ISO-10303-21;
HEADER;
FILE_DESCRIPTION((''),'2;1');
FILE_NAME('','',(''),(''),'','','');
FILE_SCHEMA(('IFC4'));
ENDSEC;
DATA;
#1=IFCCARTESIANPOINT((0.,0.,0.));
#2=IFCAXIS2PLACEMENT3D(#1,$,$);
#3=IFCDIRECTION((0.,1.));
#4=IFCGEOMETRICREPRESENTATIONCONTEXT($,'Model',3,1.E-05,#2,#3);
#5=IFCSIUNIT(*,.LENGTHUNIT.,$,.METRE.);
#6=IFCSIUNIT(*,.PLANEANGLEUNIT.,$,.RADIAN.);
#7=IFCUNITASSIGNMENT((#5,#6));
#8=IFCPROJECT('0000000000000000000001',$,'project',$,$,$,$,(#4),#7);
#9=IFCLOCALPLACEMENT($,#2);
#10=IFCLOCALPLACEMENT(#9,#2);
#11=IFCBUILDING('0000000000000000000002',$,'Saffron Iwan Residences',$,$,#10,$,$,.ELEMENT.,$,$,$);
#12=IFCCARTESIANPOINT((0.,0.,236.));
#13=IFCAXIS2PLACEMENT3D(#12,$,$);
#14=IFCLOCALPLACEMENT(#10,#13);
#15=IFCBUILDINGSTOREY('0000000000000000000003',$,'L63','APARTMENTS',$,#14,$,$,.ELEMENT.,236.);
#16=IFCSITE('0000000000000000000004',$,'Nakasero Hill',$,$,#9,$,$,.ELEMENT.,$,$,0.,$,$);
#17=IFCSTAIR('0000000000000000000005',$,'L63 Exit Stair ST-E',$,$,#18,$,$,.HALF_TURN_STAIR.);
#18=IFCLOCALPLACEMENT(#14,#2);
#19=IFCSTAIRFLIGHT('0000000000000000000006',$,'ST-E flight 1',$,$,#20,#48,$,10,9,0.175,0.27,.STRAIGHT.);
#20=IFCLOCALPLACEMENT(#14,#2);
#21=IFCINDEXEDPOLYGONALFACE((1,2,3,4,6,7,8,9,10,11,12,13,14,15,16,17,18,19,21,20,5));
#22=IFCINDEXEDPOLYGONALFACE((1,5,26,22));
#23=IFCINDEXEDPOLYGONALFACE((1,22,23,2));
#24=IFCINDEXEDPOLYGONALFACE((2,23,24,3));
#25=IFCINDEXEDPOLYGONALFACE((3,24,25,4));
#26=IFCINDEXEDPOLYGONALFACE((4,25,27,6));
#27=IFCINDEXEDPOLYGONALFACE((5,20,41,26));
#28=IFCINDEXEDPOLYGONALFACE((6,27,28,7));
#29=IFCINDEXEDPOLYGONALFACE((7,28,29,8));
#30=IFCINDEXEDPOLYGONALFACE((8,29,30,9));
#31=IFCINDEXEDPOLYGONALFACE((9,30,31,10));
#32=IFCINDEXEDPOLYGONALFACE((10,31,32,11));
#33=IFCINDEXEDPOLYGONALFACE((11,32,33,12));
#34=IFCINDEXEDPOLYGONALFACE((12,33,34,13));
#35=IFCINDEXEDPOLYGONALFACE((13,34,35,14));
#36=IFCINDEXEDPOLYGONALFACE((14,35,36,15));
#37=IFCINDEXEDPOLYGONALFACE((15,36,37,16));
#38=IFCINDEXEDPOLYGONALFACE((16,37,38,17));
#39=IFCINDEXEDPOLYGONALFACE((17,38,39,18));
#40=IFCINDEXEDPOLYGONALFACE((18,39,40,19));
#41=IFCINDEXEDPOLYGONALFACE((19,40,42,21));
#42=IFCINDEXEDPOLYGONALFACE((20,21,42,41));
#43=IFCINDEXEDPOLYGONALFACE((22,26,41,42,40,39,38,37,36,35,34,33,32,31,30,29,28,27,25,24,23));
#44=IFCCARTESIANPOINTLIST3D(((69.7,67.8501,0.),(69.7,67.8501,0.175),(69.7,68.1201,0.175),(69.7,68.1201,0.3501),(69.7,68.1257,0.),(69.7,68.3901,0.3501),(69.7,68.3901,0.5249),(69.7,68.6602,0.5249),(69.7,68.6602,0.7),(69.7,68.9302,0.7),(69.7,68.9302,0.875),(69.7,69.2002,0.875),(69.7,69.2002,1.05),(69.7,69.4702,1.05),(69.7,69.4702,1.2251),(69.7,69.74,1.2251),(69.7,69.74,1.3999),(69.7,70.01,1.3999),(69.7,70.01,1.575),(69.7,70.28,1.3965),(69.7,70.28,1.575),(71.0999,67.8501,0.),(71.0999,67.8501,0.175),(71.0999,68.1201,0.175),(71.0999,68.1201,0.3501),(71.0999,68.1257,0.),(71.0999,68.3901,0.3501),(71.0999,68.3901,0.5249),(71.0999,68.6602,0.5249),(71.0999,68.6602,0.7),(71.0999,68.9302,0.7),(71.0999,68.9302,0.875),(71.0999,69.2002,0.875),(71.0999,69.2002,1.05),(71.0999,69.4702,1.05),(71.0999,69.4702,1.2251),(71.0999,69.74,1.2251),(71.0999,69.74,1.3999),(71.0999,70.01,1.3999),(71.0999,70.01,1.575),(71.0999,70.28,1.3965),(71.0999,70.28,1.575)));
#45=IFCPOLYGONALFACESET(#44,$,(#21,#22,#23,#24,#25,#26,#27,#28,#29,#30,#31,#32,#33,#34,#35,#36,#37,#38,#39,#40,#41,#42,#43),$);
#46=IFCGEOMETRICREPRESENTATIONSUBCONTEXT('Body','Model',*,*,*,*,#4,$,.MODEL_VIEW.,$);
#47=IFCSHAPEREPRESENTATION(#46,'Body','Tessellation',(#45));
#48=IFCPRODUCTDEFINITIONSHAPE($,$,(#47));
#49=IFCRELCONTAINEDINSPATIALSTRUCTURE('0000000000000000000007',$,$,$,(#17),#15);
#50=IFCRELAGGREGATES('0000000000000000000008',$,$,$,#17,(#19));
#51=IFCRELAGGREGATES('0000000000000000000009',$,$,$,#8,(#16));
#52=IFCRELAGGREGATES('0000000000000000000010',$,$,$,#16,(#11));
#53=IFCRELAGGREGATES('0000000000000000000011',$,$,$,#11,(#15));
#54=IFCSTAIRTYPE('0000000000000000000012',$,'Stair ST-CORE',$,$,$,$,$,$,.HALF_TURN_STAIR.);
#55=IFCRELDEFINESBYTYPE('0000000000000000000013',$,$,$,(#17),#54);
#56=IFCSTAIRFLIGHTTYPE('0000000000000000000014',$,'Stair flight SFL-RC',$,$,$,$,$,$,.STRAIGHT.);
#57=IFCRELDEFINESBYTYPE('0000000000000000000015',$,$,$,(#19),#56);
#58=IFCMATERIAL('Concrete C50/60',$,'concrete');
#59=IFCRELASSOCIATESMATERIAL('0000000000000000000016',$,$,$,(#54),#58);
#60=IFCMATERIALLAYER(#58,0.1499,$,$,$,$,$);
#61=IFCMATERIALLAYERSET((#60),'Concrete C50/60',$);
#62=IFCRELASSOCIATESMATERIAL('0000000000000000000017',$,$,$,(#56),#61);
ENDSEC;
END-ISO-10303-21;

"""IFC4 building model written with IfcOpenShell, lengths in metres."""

from ifc_helpers import new_model, si_unit, direction, frame, origin, place, context, subcontext, project, spatial, polyline, outline, extrude, material, layer, layer_set, type_object, element, aggregate, save


model = new_model("IFC4")

# Units and contexts
model_context = context("Model", 3, precision=1e-05, world=origin(), true_north=direction((0.0, 1.0)))
body_context = subcontext(model_context, "Body", "Model", "MODEL_VIEW")
ifc_project = project(units=[si_unit("LENGTHUNIT", "METRE"), si_unit("PLANEANGLEUNIT", "RADIAN")], contexts=[model_context])

# Site, building, storey
site_placement = place(None, origin())
site = spatial("IfcSite", under=ifc_project, at=site_placement, Name="Nakasero Hill", CompositionType="ELEMENT", RefElevation=0.0)
building_placement = place(site_placement, origin())
building = spatial("IfcBuilding", under=site, at=building_placement, Name="Saffron Iwan Residences", CompositionType="ELEMENT")
storey_placement = place(building_placement, frame((0.0, 0.0, 236.0)))
storey = spatial("IfcBuildingStorey", under=building, at=storey_placement, Name="L63", Description="APARTMENTS", CompositionType="ELEMENT", Elevation=236.0)

# Stair, stair flight
ifc_material_1 = material(Name="Concrete C50/60", Category="concrete")
stair_type = type_object("IfcStairType", Name="Stair ST-CORE", PredefinedType="HALF_TURN_STAIR", material=ifc_material_1)
stair_placement = place(storey_placement, origin())
stair = element("IfcStair", 1, at=stair_placement, inside=storey, type_object=stair_type, Name="L63 Exit Stair ST-E", PredefinedType="HALF_TURN_STAIR")
ifc_layer_1 = layer(ifc_material_1, 0.1499)
ifc_layer_set_1 = layer_set([ifc_layer_1], Name="Concrete C50/60")
stair_flight_type = type_object("IfcStairFlightType", Name="Stair flight SFL-RC", PredefinedType="STRAIGHT", material=ifc_layer_set_1)
stair_flight_placement = place(storey_placement, frame((70.3999, 67.8501, 0.0), z_axis=(0.0, 0.0, 1.0), x_axis=(0.0, 1.0, 0.0)))
stair_flight = element("IfcStairFlight", 2, at=stair_flight_placement, type_object=stair_flight_type, Name="ST-E flight 1", NumberOfRisers=10, NumberOfTreads=9, PredefinedType="STRAIGHT", RiserHeight=0.175, TreadLength=0.27, context=body_context, shape_type="SweptSolid", body=[
    extrude(outline(polyline([(0.0, 0.0), (0.0, 0.175), (0.27, 0.175), (0.27, 0.3501), (0.54, 0.3501), (0.54, 0.5249), (0.8101, 0.5249), (0.8101, 0.7), (1.0801, 0.7), (1.0801, 0.875), (1.3501, 0.875), (1.3501, 1.05), (1.6201, 1.05), (1.6201, 1.2251), (1.8899, 1.2251), (1.8899, 1.3999), (2.1599, 1.3999), (2.1599, 1.575), (2.4299, 1.575), (2.4299, 1.75), (2.4299, 1.3965), (0.2756, 0.0), (0.0, 0.0)])), frame((0.0, 0.7, 0.0), z_axis=(0.0, -1.0, 0.0), x_axis=(1.0, 0.0, 0.0)), (0.0, 0.0, 1.0), 1.3999),
])
aggregate(stair, [stair_flight])

save(model, "model.ifc")
